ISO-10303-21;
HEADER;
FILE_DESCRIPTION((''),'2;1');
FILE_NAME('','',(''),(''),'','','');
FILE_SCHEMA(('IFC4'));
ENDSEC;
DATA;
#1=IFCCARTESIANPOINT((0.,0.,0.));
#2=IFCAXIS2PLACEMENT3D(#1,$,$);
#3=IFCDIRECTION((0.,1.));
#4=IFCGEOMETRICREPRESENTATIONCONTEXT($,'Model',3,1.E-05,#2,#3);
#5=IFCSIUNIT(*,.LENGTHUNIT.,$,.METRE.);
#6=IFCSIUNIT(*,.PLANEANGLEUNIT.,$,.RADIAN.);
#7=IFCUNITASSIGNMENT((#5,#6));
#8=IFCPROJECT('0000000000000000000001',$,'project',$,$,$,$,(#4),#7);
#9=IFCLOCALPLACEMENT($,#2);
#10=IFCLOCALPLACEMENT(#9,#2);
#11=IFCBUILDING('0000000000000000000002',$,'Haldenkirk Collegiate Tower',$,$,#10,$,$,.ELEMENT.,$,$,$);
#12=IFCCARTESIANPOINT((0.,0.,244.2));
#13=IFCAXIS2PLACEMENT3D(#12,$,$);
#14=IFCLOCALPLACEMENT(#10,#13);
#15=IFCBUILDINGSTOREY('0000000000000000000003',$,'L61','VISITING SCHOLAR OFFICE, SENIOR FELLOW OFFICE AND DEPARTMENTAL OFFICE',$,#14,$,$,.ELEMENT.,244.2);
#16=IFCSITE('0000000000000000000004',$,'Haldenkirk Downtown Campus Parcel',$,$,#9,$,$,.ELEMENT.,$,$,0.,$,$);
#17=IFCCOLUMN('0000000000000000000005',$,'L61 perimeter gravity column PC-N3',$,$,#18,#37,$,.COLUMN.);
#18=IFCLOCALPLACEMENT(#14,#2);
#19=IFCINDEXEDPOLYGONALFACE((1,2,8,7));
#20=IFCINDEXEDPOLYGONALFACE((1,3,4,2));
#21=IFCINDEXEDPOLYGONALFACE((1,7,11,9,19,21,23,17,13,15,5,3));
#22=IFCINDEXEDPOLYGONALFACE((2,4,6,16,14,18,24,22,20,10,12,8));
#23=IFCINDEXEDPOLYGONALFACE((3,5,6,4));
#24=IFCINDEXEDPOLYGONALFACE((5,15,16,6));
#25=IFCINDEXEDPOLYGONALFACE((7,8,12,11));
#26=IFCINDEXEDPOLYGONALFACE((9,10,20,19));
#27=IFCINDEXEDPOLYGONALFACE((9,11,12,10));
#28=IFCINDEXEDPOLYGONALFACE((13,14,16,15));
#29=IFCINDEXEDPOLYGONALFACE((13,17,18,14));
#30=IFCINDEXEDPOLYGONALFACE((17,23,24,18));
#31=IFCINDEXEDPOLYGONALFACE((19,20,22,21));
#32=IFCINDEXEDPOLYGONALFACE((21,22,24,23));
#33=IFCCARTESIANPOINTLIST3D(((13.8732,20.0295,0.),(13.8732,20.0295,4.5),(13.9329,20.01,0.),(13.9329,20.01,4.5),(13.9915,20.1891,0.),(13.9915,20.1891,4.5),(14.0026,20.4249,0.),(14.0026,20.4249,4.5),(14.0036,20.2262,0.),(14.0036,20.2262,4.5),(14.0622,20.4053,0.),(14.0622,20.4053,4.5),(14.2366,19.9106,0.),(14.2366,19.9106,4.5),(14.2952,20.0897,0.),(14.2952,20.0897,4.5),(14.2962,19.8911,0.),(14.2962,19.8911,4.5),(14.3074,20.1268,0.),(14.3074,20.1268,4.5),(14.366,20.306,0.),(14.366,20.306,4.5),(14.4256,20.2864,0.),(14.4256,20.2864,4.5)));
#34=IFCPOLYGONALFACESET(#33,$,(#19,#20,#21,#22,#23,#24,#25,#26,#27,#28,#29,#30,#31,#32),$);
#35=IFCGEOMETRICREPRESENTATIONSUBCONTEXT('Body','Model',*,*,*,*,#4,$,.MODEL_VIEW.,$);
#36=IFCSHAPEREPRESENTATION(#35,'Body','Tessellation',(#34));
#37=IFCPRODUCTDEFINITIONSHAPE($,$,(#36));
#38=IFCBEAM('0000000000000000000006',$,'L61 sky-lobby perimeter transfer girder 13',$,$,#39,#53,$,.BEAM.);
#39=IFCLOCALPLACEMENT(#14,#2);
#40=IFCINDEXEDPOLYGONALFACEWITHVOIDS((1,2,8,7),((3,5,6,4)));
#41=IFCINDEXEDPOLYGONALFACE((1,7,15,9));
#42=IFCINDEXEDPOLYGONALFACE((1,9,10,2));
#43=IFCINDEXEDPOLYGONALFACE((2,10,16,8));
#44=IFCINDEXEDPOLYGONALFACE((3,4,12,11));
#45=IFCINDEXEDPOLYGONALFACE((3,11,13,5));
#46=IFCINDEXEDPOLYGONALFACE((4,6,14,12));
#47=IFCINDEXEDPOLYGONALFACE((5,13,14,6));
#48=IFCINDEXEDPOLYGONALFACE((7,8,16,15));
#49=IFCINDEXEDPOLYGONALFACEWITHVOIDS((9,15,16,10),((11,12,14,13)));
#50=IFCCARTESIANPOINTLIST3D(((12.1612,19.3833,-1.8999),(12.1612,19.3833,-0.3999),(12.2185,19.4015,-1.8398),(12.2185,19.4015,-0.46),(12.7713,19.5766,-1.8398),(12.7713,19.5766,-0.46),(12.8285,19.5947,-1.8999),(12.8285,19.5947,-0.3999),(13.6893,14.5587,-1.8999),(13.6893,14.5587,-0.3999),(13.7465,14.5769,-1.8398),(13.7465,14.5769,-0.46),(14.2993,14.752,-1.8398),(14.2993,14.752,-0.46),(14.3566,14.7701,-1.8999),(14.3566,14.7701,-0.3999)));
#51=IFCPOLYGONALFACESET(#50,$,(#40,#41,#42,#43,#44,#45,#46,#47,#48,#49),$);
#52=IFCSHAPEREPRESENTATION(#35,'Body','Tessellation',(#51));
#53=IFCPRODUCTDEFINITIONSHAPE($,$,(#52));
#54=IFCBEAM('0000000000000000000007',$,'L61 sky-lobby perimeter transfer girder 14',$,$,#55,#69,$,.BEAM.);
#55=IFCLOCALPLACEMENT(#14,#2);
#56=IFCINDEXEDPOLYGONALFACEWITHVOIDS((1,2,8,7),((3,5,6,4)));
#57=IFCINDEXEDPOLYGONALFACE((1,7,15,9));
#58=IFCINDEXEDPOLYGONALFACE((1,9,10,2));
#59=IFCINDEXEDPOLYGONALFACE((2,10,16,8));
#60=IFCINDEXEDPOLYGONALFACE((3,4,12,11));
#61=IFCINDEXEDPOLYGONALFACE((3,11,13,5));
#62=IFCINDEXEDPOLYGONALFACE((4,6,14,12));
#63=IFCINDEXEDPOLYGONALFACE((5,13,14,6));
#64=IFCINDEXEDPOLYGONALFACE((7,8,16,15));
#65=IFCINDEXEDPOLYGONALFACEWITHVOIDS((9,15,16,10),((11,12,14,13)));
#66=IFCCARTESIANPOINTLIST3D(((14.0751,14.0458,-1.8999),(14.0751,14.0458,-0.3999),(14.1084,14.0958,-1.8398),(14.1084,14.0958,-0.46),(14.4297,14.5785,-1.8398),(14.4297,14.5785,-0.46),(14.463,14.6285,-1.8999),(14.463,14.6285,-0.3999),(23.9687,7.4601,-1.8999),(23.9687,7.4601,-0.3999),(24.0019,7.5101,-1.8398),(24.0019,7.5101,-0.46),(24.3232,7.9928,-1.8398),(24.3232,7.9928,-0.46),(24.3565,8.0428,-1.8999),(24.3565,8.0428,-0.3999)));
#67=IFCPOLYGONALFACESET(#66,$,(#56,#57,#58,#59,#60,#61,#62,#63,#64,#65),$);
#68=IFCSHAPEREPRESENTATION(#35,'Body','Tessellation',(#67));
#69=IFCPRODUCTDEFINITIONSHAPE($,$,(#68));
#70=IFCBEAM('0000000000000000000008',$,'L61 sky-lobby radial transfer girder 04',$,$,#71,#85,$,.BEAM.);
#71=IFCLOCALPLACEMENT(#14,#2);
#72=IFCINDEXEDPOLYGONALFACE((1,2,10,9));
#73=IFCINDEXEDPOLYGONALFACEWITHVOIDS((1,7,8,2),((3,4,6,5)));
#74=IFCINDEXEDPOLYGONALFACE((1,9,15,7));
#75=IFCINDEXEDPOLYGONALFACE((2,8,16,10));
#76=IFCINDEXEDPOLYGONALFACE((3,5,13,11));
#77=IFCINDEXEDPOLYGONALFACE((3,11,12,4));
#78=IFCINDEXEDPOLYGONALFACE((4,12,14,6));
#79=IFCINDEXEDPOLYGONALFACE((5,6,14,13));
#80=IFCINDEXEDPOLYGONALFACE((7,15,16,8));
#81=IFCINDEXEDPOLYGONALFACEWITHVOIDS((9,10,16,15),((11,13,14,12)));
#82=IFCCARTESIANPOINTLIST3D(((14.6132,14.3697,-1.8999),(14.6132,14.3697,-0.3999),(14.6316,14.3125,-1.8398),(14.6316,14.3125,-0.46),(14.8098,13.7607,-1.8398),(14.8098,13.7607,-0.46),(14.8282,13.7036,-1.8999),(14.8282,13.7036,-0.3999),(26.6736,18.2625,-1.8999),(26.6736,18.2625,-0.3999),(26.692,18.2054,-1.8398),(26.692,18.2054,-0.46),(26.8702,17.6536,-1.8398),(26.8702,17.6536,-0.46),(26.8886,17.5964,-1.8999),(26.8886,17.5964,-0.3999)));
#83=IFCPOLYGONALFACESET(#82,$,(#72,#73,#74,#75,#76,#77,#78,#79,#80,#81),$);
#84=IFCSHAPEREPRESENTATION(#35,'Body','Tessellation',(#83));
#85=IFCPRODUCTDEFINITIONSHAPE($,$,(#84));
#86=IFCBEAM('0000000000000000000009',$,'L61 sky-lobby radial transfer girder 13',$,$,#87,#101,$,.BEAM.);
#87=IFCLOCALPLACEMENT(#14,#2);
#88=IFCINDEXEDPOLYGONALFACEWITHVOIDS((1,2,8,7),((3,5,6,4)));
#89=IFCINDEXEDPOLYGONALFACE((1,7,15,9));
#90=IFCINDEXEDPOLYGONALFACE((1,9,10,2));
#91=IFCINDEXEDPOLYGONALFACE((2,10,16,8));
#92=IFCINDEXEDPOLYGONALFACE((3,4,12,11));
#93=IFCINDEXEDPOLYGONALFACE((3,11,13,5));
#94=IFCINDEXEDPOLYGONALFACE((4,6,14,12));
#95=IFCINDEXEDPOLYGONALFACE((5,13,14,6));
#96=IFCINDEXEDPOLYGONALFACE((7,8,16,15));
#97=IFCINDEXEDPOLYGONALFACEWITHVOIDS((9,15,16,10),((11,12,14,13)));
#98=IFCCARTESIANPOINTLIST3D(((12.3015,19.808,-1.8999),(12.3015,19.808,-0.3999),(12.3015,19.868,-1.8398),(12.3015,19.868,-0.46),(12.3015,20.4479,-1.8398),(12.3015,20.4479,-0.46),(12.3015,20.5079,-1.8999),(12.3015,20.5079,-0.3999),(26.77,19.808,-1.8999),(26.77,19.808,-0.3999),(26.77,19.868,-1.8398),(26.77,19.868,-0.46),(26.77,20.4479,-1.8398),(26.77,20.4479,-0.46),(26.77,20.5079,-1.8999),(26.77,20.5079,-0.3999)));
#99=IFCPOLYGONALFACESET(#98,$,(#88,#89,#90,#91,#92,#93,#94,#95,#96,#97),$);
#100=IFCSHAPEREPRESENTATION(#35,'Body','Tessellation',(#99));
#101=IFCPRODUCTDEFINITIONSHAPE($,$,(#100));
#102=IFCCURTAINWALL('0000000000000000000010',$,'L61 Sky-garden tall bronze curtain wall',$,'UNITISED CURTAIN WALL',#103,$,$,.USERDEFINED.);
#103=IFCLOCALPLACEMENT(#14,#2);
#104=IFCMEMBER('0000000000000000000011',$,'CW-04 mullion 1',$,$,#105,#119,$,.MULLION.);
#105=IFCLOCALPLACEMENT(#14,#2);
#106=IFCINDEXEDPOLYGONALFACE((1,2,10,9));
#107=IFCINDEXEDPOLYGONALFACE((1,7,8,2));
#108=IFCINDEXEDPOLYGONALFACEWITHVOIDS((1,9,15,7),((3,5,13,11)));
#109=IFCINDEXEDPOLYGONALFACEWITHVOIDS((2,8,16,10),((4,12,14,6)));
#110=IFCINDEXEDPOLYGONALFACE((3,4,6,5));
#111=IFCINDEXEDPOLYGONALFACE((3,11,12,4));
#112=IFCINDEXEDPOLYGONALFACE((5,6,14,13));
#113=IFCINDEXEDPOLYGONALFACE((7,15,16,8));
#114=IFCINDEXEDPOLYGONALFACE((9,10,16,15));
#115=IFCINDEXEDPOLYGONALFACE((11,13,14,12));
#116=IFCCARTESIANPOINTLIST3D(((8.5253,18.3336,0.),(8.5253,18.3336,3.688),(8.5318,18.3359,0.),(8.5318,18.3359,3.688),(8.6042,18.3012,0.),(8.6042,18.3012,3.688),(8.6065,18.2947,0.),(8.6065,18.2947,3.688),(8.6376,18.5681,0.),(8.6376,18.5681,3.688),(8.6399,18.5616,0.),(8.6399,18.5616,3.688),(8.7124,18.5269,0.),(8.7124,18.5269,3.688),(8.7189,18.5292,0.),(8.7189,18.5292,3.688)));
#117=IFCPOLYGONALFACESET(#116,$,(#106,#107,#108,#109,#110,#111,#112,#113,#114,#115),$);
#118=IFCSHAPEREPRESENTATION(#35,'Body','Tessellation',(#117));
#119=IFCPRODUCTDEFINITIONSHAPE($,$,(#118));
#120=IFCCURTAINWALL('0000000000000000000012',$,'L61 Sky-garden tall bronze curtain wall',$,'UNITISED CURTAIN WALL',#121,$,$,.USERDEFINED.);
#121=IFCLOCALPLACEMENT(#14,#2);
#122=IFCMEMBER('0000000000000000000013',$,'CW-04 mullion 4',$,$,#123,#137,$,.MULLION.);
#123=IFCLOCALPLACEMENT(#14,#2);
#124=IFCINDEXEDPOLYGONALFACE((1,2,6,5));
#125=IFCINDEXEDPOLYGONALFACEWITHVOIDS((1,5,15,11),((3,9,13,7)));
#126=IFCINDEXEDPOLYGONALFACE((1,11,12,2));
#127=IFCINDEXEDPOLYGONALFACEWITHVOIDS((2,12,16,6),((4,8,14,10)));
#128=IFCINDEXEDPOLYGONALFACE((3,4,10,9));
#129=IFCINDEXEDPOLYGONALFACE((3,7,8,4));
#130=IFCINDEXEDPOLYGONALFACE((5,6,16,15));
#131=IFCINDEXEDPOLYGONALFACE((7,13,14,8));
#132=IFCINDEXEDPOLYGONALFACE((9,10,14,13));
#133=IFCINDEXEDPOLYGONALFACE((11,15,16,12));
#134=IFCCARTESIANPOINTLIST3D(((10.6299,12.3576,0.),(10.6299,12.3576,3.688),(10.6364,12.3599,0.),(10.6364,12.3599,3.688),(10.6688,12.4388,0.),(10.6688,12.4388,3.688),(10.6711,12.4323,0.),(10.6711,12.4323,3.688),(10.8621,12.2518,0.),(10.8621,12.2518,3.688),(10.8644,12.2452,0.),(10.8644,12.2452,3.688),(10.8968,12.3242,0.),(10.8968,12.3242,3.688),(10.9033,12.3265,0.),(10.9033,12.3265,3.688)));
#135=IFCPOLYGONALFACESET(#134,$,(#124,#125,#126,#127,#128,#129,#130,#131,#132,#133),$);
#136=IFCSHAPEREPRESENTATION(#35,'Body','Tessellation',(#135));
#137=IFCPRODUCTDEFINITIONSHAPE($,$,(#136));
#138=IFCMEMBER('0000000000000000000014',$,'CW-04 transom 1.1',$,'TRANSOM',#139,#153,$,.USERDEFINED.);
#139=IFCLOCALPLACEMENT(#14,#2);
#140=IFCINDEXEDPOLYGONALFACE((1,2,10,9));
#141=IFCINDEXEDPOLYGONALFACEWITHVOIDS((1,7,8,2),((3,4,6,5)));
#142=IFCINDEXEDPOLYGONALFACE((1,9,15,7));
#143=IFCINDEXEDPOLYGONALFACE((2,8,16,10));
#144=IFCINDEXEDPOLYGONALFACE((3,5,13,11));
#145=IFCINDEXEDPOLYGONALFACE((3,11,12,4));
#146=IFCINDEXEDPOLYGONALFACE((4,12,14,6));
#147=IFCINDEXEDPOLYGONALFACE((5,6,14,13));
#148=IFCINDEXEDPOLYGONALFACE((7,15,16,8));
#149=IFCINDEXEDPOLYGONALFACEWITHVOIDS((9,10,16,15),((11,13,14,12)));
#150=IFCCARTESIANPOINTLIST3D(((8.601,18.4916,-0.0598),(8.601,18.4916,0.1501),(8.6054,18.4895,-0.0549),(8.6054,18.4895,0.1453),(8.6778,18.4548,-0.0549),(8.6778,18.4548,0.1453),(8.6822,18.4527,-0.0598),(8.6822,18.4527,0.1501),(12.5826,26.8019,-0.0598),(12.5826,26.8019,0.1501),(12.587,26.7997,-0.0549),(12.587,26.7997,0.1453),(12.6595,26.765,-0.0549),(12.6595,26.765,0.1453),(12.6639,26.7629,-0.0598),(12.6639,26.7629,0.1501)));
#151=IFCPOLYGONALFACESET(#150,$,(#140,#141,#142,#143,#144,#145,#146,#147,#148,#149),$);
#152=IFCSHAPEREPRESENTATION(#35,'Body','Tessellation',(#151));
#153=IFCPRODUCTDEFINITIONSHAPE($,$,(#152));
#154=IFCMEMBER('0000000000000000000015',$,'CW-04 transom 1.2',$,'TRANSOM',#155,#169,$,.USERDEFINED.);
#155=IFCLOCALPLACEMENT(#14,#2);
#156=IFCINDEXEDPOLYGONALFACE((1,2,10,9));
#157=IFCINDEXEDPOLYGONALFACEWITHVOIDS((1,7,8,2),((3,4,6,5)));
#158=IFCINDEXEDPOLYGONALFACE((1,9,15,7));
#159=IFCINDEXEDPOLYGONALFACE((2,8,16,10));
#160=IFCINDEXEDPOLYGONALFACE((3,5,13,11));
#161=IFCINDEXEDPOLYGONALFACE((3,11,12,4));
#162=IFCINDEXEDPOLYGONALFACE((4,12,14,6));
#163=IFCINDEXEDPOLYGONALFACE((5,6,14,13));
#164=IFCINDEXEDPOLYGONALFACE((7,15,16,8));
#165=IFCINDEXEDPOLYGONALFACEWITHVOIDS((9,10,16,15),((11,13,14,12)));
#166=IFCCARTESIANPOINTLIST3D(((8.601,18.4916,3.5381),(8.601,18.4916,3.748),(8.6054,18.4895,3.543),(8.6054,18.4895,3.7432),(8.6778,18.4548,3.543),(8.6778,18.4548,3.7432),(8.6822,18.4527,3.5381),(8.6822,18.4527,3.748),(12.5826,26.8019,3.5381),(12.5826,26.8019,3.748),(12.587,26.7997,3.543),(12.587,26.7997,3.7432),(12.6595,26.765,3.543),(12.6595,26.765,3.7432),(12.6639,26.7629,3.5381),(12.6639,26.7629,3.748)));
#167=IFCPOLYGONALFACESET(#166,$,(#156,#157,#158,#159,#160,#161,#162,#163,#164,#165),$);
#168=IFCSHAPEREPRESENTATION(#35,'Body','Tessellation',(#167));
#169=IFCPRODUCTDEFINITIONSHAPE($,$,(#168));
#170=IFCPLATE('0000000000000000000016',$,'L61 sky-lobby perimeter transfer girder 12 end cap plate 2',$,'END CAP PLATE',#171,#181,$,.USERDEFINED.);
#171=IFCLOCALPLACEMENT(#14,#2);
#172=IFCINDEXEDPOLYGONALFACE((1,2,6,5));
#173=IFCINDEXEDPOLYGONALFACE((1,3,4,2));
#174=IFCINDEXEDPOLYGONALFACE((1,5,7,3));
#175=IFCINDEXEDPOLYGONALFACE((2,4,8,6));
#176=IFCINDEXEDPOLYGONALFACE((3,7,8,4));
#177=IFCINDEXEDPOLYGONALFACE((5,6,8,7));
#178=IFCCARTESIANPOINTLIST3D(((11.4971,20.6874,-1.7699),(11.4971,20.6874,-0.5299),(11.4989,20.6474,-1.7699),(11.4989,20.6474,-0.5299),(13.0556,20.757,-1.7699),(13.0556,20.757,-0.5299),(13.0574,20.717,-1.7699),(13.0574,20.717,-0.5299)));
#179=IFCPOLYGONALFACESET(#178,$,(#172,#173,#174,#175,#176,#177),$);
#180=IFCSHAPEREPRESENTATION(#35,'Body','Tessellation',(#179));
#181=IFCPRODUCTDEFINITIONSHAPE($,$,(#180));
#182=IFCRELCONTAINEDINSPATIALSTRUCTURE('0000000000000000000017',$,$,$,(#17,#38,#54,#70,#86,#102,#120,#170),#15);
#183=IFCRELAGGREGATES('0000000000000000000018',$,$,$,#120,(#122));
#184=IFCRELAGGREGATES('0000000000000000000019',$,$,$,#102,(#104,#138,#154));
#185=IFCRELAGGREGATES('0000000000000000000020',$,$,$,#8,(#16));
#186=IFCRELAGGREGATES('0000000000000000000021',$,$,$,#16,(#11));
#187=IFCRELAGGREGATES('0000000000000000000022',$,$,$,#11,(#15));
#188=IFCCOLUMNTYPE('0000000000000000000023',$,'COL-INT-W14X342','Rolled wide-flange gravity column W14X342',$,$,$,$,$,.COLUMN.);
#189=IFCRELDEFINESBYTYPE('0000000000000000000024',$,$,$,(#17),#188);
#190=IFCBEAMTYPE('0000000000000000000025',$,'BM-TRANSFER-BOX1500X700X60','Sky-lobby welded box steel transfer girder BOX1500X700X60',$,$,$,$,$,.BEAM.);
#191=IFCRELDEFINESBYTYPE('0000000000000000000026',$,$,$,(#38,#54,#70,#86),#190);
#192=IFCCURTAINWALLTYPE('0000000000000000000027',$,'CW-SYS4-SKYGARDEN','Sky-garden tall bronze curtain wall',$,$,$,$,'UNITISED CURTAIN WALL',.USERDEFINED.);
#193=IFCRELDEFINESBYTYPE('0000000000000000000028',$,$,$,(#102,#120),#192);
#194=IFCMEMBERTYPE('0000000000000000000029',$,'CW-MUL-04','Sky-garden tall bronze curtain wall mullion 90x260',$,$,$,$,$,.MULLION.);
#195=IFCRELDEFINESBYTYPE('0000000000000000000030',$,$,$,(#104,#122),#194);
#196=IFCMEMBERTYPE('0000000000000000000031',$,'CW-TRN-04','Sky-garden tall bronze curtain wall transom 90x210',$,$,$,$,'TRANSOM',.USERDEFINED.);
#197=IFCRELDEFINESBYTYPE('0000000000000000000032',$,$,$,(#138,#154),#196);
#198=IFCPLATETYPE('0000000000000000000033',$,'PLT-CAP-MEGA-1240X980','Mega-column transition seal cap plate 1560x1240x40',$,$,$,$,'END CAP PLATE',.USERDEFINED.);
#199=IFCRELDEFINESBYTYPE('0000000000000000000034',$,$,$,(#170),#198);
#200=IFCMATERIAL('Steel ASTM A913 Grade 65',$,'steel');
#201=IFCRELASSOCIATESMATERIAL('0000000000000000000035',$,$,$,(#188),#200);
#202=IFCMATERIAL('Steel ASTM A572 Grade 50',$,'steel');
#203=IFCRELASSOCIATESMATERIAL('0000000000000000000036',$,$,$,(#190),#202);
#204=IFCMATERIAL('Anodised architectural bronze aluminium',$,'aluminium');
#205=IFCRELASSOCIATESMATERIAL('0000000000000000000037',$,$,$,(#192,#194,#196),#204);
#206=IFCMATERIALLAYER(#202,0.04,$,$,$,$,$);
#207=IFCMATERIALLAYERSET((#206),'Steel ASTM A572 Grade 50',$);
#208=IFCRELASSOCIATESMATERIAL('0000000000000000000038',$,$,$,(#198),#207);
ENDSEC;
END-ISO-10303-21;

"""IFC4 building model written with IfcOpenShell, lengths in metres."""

from ifc_helpers import new_model, si_unit, direction, frame, origin, origin_2d, place, context, subcontext, project, spatial, rectangle, hollow_rectangle, i_section, extrude, source, transform, mapped, material, layer, layer_set, material_profile, profile_set, type_object, element, aggregate, save


model = new_model("IFC4")

# Units and contexts
model_context = context("Model", 3, precision=1e-05, world=origin(), true_north=direction((0.0, 1.0)))
body_context = subcontext(model_context, "Body", "Model", "MODEL_VIEW")
ifc_project = project(units=[si_unit("LENGTHUNIT", "METRE"), si_unit("PLANEANGLEUNIT", "RADIAN")], contexts=[model_context])

# Site, building, storey
site_placement = place(None, origin())
site = spatial("IfcSite", under=ifc_project, at=site_placement, Name="Haldenkirk Downtown Campus Parcel", CompositionType="ELEMENT", RefElevation=0.0)
building_placement = place(site_placement, origin())
building = spatial("IfcBuilding", under=site, at=building_placement, Name="Haldenkirk Collegiate Tower", CompositionType="ELEMENT")
storey_placement = place(building_placement, frame((0.0, 0.0, 244.2)))
storey = spatial("IfcBuildingStorey", under=building, at=storey_placement, Name="L61", Description="VISITING SCHOLAR OFFICE, SENIOR FELLOW OFFICE AND DEPARTMENTAL OFFICE", CompositionType="ELEMENT", Elevation=244.2)

# Column
ifc_material_1 = material(Name="Steel ASTM A913 Grade 65", Category="steel")
ifc_material_profile_1 = material_profile(ifc_material_1, i_section(OverallWidth=0.416, OverallDepth=0.4451, WebThickness=0.0391, FlangeThickness=0.0627, at=origin_2d()), Name="W14X342")
ifc_profile_set_1 = profile_set([ifc_material_profile_1], Name="Steel ASTM A913 Grade 65")
column_type = type_object("IfcColumnType", Name="COL-INT-W14X342", Description="Rolled wide-flange gravity column W14X342", PredefinedType="COLUMN", material=ifc_profile_set_1)
column_placement = place(storey_placement, frame((14.1494, 20.158, 0.0), z_axis=(0.0, 0.0, 1.0), x_axis=(0.311008, 0.950407, 0.0)))
element("IfcColumn", 1, at=column_placement, inside=storey, type_object=column_type, Name="L61 perimeter gravity column PC-N3", PredefinedType="COLUMN", context=body_context, shape_type="SweptSolid", body=[
    extrude(i_section(OverallWidth=0.416, OverallDepth=0.4451, WebThickness=0.0391, FlangeThickness=0.0627, at=origin_2d()), origin(), (0.0, 0.0, 1.0), 4.5),
])

# Beams
ifc_material_2 = material(Name="Steel ASTM A572 Grade 50", Category="steel")
ifc_material_profile_2 = material_profile(ifc_material_2, hollow_rectangle(XDim=0.7, YDim=1.5, WallThickness=0.0601, at=origin_2d()), Name="BOX1500X700X60")
ifc_profile_set_2 = profile_set([ifc_material_profile_2], Name="Steel ASTM A572 Grade 50")
beam_type = type_object("IfcBeamType", Name="BM-TRANSFER-BOX1500X700X60", Description="Sky-lobby welded box steel transfer girder BOX1500X700X60", PredefinedType="BEAM", material=ifc_profile_set_2)
beam_1_placement = place(storey_placement, frame((12.4949, 19.489, -1.1499), z_axis=(0.301937, -0.953328, 0.0), x_axis=(0.953328, 0.301937, 0.0)))
element("IfcBeam", 2, at=beam_1_placement, inside=storey, type_object=beam_type, Name="L61 sky-lobby perimeter transfer girder 13", PredefinedType="BEAM", context=body_context, shape_type="SweptSolid", body=[
    extrude(hollow_rectangle(XDim=0.7, YDim=1.5, WallThickness=0.0601, at=origin_2d()), origin(), (0.0, 0.0, 1.0), 5.0608),
])
beam_2_placement = place(storey_placement, frame((14.269, 14.3372, -1.1499), z_axis=(0.832439, -0.554117, 0.0), x_axis=(0.554117, 0.832439, 0.0)))
element("IfcBeam", 3, at=beam_2_placement, inside=storey, type_object=beam_type, Name="L61 sky-lobby perimeter transfer girder 14", PredefinedType="BEAM", context=body_context, shape_type="SweptSolid", body=[
    extrude(hollow_rectangle(XDim=0.7, YDim=1.5, WallThickness=0.0601, at=origin_2d()), origin(), (0.0, 0.0, 1.0), 11.885),
])
beam_3_placement = place(storey_placement, frame((14.7207, 14.0366, -1.1499), z_axis=(0.951653, 0.307174, 0.0), x_axis=(-0.307174, 0.951653, 0.0)))
element("IfcBeam", 4, at=beam_3_placement, inside=storey, type_object=beam_type, Name="L61 sky-lobby radial transfer girder 04", PredefinedType="BEAM", context=body_context, shape_type="SweptSolid", body=[
    extrude(hollow_rectangle(XDim=0.7, YDim=1.5, WallThickness=0.0601, at=origin_2d()), origin(), (0.0, 0.0, 1.0), 12.6731),
])
beam_4_placement = place(storey_placement, frame((12.3015, 20.158, -1.1499), z_axis=(1.0, 0.0, 0.0), x_axis=(0.0, 1.0, 0.0)))
element("IfcBeam", 5, at=beam_4_placement, inside=storey, type_object=beam_type, Name="L61 sky-lobby radial transfer girder 13", PredefinedType="BEAM", context=body_context, shape_type="SweptSolid", body=[
    extrude(hollow_rectangle(XDim=0.7, YDim=1.5, WallThickness=0.0601, at=origin_2d()), origin(), (0.0, 0.0, 1.0), 14.4685),
])

# Curtain walls, members
ifc_material_3 = material(Name="Anodised architectural bronze aluminium", Category="aluminium")
curtain_wall_type = type_object("IfcCurtainWallType", Name="CW-SYS4-SKYGARDEN", Description="Sky-garden tall bronze curtain wall", ElementType="UNITISED CURTAIN WALL", PredefinedType="USERDEFINED", material=ifc_material_3)
curtain_wall_1_placement = place(storey_placement, origin())
curtain_wall_1 = element("IfcCurtainWall", 6, at=curtain_wall_1_placement, inside=storey, type_object=curtain_wall_type, Name="L61 Sky-garden tall bronze curtain wall", ObjectType="UNITISED CURTAIN WALL", PredefinedType="USERDEFINED")
ifc_material_profile_3 = material_profile(ifc_material_3, hollow_rectangle(XDim=0.0901, YDim=0.26, WallThickness=0.0049, at=origin_2d()), Name="CW-MUL-04")
ifc_profile_set_3 = profile_set([ifc_material_profile_3], Name="Anodised architectural bronze aluminium")
member_type_1 = type_object("IfcMemberType", Name="CW-MUL-04", Description="Sky-garden tall bronze curtain wall mullion 90x260", PredefinedType="MULLION", material=ifc_profile_set_3)
member_1_placement = place(storey_placement, frame((8.6221, 18.4314, 0.0), z_axis=(0.0, 0.0, 1.0), x_axis=(-0.901833, 0.432084, 0.0)))
member_1 = element("IfcMember", 7, at=member_1_placement, type_object=member_type_1, Name="CW-04 mullion 1", PredefinedType="MULLION", context=body_context, shape_type="SweptSolid", body=[
    extrude(hollow_rectangle(XDim=0.0901, YDim=0.26, WallThickness=0.0049, at=origin_2d()), origin(), (0.0, 0.0, 1.0), 3.688),
])
curtain_wall_2_placement = place(storey_placement, origin())
curtain_wall_2 = element("IfcCurtainWall", 8, at=curtain_wall_2_placement, inside=storey, type_object=curtain_wall_type, Name="L61 Sky-garden tall bronze curtain wall", ObjectType="UNITISED CURTAIN WALL", PredefinedType="USERDEFINED")
member_2_placement = place(storey_placement, frame((10.7666, 12.342, 0.0), z_axis=(0.0, 0.0, 1.0), x_axis=(-0.432082, -0.901834, 0.0)))
member_2 = element("IfcMember", 9, at=member_2_placement, type_object=member_type_1, Name="CW-04 mullion 4", PredefinedType="MULLION", context=body_context, shape_type="SweptSolid", body=[
    extrude(hollow_rectangle(XDim=0.0901, YDim=0.26, WallThickness=0.0049, at=origin_2d()), origin(), (0.0, 0.0, 1.0), 3.688),
])
aggregate(curtain_wall_2, [member_2])

# Members
ifc_material_profile_4 = material_profile(ifc_material_3, hollow_rectangle(XDim=0.0901, YDim=0.21, WallThickness=0.0049, at=origin_2d()), Name="CW-TRN-04")
ifc_profile_set_4 = profile_set([ifc_material_profile_4], Name="Anodised architectural bronze aluminium")
member_type_2 = type_object("IfcMemberType", Name="CW-TRN-04", Description="Sky-garden tall bronze curtain wall transom 90x210", ElementType="TRANSOM", PredefinedType="USERDEFINED", material=ifc_profile_set_4)
member_3_placement = place(storey_placement, frame((8.6416, 18.4722, 0.0452), z_axis=(0.432091, 0.90183, 0.0), x_axis=(-0.90183, 0.432091, 0.0)))
member_3 = element("IfcMember", 10, at=member_3_placement, type_object=member_type_2, Name="CW-04 transom 1.1", ObjectType="TRANSOM", PredefinedType="USERDEFINED", context=body_context, shape_type="SweptSolid", body=[
    extrude(hollow_rectangle(XDim=0.0901, YDim=0.21, WallThickness=0.0049, at=origin_2d()), origin(), (0.0, 0.0, 1.0), 9.2148),
])
member_4_placement = place(storey_placement, frame((8.6416, 18.4722, 3.6431), z_axis=(0.432091, 0.90183, 0.0), x_axis=(-0.90183, 0.432091, 0.0)))
member_4 = element("IfcMember", 11, at=member_4_placement, type_object=member_type_2, Name="CW-04 transom 1.2", ObjectType="TRANSOM", PredefinedType="USERDEFINED", context=body_context, shape_type="SweptSolid", body=[
    extrude(hollow_rectangle(XDim=0.0901, YDim=0.21, WallThickness=0.0049, at=origin_2d()), origin(), (0.0, 0.0, 1.0), 9.2148),
])
aggregate(curtain_wall_1, [member_1, member_3, member_4])

# Plate
ifc_layer_1 = layer(ifc_material_2, 0.04)
ifc_layer_set_1 = layer_set([ifc_layer_1], Name="Steel ASTM A572 Grade 50")
plate_type = type_object("IfcPlateType", Name="PLT-CAP-MEGA-1240X980", Description="Mega-column transition seal cap plate 1560x1240x40", ElementType="END CAP PLATE", PredefinedType="USERDEFINED", material=ifc_layer_set_1)
shared_shape_1 = source(origin(), body_context, "Body", "SweptSolid", [
    extrude(rectangle(XDim=1.5601, YDim=1.24, at=origin_2d()), origin(), (0.0, 0.0, 1.0), 0.04),
])
for number, where, z_axis, x_axis, name in (
    (12, (12.2764, 20.7222, -1.1499), (0.044622, -0.999004, 0.0), (0.999004, 0.044622, 0.0), "L61 sky-lobby perimeter transfer girder 12 end cap plate 2"),
):
    element("IfcPlate", number, at=place(storey_placement, frame(where, z_axis=z_axis, x_axis=x_axis)), inside=storey, type_object=plate_type, Name=name, ObjectType="END CAP PLATE", PredefinedType="USERDEFINED", context=body_context, shape_type="MappedRepresentation", body=[
        mapped(shared_shape_1, transform((0.0, 0.0, 0.0), x_axis=(1.0, 0.0, 0.0), y_axis=(0.0, 1.0, 0.0), z_axis=(0.0, 0.0, 1.0), scale=1.0)),
    ])

save(model, "model.ifc")
